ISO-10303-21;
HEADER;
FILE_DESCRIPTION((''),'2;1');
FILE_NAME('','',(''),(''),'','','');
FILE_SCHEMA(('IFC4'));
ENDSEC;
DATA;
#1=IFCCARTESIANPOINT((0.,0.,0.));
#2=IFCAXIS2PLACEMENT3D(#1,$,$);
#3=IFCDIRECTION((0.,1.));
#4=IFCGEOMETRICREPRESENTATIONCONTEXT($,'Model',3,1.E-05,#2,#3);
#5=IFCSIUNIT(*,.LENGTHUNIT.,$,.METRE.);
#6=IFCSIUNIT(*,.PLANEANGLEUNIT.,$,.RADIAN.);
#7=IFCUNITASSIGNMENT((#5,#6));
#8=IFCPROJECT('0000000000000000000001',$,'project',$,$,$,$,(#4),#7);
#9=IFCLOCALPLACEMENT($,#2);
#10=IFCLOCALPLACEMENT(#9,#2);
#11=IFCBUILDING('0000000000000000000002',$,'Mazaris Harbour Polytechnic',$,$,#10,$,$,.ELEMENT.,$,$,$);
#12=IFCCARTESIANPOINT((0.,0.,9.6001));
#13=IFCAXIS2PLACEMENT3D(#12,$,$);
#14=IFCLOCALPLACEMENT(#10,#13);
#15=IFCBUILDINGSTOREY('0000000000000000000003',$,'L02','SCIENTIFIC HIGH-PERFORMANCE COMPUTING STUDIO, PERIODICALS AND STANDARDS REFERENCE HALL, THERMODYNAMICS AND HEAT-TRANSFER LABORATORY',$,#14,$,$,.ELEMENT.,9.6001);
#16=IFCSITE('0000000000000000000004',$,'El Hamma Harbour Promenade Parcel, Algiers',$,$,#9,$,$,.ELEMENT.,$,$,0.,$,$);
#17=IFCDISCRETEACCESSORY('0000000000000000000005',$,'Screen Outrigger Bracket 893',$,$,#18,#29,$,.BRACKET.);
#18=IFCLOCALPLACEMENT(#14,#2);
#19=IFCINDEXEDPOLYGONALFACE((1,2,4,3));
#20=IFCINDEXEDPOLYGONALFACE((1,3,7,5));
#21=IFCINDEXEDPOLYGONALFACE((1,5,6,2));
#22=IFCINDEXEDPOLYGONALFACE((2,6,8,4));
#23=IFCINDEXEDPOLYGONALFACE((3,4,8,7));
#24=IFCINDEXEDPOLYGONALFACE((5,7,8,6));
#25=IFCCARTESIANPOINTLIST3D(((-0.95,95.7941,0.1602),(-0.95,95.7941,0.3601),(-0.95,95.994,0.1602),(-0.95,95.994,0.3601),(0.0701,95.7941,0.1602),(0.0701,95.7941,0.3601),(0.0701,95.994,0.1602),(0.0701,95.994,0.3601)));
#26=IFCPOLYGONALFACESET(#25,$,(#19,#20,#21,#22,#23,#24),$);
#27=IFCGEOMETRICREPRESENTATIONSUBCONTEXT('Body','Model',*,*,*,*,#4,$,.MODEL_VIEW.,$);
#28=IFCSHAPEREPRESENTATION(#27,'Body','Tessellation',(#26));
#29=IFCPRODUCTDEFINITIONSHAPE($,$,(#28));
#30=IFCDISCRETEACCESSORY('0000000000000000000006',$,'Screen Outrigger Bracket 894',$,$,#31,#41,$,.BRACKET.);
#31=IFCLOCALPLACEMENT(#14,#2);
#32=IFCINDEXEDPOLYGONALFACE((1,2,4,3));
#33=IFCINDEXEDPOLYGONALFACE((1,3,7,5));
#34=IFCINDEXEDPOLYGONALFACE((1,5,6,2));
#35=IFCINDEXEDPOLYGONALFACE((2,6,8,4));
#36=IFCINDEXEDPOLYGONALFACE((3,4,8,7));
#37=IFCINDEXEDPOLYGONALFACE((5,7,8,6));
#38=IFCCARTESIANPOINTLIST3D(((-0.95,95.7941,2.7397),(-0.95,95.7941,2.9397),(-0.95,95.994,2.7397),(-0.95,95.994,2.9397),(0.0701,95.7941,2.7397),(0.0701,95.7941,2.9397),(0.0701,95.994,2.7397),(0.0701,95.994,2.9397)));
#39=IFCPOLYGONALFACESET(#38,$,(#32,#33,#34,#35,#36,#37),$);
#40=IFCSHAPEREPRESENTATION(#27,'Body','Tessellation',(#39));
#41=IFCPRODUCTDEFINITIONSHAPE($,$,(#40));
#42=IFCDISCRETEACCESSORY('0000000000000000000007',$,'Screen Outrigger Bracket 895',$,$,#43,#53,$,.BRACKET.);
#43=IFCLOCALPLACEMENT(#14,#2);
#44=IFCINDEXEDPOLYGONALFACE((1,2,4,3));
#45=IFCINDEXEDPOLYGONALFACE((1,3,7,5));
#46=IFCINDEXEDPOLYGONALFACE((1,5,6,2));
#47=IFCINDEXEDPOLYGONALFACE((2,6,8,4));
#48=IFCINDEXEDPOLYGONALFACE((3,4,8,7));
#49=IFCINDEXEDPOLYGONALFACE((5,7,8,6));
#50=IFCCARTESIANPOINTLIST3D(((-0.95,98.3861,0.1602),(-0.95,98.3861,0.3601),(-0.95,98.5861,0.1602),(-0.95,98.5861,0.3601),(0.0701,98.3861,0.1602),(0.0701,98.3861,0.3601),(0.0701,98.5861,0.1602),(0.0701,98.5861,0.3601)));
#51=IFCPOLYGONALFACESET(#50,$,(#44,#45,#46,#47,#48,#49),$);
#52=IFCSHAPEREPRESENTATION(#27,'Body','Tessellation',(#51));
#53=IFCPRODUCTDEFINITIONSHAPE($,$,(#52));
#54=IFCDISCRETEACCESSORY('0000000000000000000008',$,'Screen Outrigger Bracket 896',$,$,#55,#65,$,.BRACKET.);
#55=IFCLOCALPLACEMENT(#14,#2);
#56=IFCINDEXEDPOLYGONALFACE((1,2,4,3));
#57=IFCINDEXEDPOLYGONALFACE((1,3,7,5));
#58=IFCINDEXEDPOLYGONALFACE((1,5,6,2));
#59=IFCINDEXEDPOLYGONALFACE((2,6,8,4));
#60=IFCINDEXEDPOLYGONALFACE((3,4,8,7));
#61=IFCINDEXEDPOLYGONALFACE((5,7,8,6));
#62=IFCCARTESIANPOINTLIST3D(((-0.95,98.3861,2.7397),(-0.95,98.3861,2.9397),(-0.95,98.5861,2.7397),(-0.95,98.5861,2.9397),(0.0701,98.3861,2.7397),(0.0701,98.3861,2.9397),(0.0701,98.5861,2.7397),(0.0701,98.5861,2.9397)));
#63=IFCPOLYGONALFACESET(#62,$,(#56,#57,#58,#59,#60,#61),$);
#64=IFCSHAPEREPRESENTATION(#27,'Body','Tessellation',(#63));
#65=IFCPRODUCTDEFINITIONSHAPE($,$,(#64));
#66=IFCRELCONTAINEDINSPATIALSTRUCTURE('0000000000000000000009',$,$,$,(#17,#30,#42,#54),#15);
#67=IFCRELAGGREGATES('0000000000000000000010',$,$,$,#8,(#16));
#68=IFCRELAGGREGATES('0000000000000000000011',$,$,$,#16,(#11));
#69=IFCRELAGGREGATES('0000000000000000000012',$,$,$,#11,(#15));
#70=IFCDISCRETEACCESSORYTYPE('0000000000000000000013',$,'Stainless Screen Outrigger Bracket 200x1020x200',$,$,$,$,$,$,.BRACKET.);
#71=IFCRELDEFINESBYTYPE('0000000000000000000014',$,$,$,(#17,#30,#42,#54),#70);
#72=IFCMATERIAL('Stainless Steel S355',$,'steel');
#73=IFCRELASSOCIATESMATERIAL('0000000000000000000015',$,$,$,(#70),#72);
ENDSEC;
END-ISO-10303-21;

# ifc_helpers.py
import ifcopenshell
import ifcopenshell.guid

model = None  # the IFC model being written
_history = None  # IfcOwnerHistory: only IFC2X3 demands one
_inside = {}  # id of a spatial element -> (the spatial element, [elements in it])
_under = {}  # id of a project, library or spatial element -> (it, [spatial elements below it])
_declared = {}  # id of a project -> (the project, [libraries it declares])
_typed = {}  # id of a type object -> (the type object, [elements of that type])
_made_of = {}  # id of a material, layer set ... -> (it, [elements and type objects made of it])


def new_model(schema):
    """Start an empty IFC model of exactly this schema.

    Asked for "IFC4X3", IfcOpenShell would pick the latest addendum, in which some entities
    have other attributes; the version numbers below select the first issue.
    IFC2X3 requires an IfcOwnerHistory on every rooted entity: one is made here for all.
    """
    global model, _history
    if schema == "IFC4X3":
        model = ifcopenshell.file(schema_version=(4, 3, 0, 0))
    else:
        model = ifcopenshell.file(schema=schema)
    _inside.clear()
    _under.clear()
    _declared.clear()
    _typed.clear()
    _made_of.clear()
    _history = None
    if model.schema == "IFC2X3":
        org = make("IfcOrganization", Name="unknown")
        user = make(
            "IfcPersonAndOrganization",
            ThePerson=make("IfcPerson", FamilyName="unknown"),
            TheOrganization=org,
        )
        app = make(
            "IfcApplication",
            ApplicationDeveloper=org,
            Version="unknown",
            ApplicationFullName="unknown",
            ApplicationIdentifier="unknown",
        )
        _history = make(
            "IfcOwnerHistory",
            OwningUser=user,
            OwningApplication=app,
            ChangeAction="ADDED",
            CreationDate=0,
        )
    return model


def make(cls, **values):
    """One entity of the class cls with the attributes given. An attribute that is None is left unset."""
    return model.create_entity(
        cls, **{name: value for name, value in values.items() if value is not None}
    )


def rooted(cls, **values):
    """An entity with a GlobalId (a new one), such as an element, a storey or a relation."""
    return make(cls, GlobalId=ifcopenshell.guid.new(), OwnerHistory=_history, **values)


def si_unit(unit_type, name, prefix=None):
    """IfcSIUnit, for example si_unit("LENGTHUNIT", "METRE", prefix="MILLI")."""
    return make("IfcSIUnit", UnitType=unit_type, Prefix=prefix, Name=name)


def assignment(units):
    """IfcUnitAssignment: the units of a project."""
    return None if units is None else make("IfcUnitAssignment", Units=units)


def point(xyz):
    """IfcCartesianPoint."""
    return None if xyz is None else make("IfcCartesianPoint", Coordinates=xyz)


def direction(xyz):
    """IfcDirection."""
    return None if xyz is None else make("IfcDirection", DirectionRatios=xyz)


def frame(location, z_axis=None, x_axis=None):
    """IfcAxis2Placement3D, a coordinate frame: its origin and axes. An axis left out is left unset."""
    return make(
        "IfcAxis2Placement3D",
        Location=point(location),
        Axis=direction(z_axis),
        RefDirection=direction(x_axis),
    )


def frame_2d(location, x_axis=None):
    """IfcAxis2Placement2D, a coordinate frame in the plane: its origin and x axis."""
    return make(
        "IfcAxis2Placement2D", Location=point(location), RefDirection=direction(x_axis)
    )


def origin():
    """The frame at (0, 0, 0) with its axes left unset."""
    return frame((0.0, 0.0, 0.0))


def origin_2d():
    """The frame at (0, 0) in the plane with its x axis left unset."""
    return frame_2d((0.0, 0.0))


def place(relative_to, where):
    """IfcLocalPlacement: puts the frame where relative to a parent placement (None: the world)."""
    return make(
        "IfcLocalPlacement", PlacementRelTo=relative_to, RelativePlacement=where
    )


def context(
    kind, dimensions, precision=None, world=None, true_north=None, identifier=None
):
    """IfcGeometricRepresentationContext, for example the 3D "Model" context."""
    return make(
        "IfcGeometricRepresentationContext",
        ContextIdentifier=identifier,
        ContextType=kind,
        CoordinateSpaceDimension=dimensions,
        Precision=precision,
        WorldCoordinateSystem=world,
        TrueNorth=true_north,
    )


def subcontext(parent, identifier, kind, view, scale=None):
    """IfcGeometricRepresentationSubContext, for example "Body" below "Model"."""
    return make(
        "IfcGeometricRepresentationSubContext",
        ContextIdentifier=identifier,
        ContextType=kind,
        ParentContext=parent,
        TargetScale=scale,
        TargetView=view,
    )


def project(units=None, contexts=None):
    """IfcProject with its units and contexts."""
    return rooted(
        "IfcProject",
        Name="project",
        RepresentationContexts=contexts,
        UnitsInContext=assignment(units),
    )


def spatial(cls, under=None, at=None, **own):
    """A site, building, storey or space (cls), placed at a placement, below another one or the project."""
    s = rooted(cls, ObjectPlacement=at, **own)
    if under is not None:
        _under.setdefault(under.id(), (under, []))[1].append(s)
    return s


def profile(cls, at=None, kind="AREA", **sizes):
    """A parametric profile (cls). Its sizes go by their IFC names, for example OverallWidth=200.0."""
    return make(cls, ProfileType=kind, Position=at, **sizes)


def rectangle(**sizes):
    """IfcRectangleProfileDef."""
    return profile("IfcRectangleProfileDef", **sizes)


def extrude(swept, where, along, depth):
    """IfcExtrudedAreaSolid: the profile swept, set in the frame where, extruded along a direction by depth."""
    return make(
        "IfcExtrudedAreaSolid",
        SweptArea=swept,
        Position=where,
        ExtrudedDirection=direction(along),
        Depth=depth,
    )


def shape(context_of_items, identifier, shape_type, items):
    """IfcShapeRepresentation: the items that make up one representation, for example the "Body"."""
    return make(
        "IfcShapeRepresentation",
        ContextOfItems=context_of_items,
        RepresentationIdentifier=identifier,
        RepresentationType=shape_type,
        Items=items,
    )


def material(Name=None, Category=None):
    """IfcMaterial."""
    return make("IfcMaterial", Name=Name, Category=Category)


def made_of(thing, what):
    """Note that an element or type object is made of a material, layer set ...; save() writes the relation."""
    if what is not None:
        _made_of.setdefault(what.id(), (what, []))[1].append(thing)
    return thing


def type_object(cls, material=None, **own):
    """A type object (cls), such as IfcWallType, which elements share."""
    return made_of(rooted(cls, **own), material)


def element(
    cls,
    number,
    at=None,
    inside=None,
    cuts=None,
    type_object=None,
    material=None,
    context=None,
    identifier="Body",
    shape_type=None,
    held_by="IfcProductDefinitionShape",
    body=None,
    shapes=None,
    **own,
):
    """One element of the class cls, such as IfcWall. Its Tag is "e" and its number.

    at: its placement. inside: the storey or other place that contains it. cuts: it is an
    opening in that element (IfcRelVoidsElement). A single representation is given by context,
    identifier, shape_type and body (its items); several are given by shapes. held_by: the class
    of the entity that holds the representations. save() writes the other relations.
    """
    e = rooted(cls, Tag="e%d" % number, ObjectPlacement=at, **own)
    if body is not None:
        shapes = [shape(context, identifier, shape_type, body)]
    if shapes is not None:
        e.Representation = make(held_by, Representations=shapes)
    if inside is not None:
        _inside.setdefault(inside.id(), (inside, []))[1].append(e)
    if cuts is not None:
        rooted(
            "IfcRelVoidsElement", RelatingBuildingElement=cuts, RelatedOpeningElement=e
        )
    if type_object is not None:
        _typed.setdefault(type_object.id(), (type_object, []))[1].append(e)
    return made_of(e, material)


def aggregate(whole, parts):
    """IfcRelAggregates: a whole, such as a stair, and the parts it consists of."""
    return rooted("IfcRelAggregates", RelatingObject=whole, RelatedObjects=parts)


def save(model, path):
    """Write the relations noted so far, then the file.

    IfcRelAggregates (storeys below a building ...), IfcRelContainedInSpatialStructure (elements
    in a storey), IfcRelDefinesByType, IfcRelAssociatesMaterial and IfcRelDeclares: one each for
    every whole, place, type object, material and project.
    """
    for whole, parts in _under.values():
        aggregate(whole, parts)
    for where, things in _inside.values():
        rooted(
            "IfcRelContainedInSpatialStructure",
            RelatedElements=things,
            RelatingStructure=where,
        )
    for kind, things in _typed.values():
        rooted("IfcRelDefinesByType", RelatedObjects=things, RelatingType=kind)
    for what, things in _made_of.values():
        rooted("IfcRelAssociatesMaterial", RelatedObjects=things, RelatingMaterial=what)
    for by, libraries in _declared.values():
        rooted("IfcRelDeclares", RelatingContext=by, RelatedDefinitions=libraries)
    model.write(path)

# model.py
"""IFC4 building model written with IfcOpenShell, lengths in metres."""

from ifc_helpers import new_model, si_unit, direction, frame, origin, origin_2d, place, context, subcontext, project, spatial, rectangle, extrude, material, type_object, element, save


model = new_model("IFC4")

# Units and contexts
model_context = context("Model", 3, precision=1e-05, world=origin(), true_north=direction((0.0, 1.0)))
body_context = subcontext(model_context, "Body", "Model", "MODEL_VIEW")
ifc_project = project(units=[si_unit("LENGTHUNIT", "METRE"), si_unit("PLANEANGLEUNIT", "RADIAN")], contexts=[model_context])

# Site, building, storey
site_placement = place(None, origin())
site = spatial("IfcSite", under=ifc_project, at=site_placement, Name="El Hamma Harbour Promenade Parcel, Algiers", CompositionType="ELEMENT", RefElevation=0.0)
building_placement = place(site_placement, origin())
building = spatial("IfcBuilding", under=site, at=building_placement, Name="Mazaris Harbour Polytechnic", CompositionType="ELEMENT")
storey_placement = place(building_placement, frame((0.0, 0.0, 9.6001)))
storey = spatial("IfcBuildingStorey", under=building, at=storey_placement, Name="L02", Description="SCIENTIFIC HIGH-PERFORMANCE COMPUTING STUDIO, PERIODICALS AND STANDARDS REFERENCE HALL, THERMODYNAMICS AND HEAT-TRANSFER LABORATORY", CompositionType="ELEMENT", Elevation=9.6001)

# Discrete accessories
ifc_material_1 = material(Name="Stainless Steel S355", Category="steel")
discrete_accessory_type = type_object("IfcDiscreteAccessoryType", Name="Stainless Screen Outrigger Bracket 200x1020x200", PredefinedType="BRACKET", material=ifc_material_1)
for number, where, z_axis, x_axis, name in (
    (1, (-0.4399, 95.894, 0.1602), (0.0, 0.0, 1.0), (0.0, 1.0, 0.0), "Screen Outrigger Bracket 893"),
    (2, (-0.4399, 95.894, 2.7397), (0.0, 0.0, 1.0), (0.0, 1.0, 0.0), "Screen Outrigger Bracket 894"),
    (3, (-0.4399, 98.4861, 0.1602), (0.0, 0.0, 1.0), (0.0, 1.0, 0.0), "Screen Outrigger Bracket 895"),
    (4, (-0.4399, 98.4861, 2.7397), (0.0, 0.0, 1.0), (0.0, 1.0, 0.0), "Screen Outrigger Bracket 896"),
):
    element("IfcDiscreteAccessory", number, at=place(storey_placement, frame(where, z_axis=z_axis, x_axis=x_axis)), inside=storey, type_object=discrete_accessory_type, Name=name, PredefinedType="BRACKET", context=body_context, shape_type="SweptSolid", body=[
        extrude(rectangle(XDim=0.2, YDim=1.02, at=origin_2d()), origin(), (0.0, 0.0, 1.0), 0.2),
    ])

save(model, "model.ifc")
